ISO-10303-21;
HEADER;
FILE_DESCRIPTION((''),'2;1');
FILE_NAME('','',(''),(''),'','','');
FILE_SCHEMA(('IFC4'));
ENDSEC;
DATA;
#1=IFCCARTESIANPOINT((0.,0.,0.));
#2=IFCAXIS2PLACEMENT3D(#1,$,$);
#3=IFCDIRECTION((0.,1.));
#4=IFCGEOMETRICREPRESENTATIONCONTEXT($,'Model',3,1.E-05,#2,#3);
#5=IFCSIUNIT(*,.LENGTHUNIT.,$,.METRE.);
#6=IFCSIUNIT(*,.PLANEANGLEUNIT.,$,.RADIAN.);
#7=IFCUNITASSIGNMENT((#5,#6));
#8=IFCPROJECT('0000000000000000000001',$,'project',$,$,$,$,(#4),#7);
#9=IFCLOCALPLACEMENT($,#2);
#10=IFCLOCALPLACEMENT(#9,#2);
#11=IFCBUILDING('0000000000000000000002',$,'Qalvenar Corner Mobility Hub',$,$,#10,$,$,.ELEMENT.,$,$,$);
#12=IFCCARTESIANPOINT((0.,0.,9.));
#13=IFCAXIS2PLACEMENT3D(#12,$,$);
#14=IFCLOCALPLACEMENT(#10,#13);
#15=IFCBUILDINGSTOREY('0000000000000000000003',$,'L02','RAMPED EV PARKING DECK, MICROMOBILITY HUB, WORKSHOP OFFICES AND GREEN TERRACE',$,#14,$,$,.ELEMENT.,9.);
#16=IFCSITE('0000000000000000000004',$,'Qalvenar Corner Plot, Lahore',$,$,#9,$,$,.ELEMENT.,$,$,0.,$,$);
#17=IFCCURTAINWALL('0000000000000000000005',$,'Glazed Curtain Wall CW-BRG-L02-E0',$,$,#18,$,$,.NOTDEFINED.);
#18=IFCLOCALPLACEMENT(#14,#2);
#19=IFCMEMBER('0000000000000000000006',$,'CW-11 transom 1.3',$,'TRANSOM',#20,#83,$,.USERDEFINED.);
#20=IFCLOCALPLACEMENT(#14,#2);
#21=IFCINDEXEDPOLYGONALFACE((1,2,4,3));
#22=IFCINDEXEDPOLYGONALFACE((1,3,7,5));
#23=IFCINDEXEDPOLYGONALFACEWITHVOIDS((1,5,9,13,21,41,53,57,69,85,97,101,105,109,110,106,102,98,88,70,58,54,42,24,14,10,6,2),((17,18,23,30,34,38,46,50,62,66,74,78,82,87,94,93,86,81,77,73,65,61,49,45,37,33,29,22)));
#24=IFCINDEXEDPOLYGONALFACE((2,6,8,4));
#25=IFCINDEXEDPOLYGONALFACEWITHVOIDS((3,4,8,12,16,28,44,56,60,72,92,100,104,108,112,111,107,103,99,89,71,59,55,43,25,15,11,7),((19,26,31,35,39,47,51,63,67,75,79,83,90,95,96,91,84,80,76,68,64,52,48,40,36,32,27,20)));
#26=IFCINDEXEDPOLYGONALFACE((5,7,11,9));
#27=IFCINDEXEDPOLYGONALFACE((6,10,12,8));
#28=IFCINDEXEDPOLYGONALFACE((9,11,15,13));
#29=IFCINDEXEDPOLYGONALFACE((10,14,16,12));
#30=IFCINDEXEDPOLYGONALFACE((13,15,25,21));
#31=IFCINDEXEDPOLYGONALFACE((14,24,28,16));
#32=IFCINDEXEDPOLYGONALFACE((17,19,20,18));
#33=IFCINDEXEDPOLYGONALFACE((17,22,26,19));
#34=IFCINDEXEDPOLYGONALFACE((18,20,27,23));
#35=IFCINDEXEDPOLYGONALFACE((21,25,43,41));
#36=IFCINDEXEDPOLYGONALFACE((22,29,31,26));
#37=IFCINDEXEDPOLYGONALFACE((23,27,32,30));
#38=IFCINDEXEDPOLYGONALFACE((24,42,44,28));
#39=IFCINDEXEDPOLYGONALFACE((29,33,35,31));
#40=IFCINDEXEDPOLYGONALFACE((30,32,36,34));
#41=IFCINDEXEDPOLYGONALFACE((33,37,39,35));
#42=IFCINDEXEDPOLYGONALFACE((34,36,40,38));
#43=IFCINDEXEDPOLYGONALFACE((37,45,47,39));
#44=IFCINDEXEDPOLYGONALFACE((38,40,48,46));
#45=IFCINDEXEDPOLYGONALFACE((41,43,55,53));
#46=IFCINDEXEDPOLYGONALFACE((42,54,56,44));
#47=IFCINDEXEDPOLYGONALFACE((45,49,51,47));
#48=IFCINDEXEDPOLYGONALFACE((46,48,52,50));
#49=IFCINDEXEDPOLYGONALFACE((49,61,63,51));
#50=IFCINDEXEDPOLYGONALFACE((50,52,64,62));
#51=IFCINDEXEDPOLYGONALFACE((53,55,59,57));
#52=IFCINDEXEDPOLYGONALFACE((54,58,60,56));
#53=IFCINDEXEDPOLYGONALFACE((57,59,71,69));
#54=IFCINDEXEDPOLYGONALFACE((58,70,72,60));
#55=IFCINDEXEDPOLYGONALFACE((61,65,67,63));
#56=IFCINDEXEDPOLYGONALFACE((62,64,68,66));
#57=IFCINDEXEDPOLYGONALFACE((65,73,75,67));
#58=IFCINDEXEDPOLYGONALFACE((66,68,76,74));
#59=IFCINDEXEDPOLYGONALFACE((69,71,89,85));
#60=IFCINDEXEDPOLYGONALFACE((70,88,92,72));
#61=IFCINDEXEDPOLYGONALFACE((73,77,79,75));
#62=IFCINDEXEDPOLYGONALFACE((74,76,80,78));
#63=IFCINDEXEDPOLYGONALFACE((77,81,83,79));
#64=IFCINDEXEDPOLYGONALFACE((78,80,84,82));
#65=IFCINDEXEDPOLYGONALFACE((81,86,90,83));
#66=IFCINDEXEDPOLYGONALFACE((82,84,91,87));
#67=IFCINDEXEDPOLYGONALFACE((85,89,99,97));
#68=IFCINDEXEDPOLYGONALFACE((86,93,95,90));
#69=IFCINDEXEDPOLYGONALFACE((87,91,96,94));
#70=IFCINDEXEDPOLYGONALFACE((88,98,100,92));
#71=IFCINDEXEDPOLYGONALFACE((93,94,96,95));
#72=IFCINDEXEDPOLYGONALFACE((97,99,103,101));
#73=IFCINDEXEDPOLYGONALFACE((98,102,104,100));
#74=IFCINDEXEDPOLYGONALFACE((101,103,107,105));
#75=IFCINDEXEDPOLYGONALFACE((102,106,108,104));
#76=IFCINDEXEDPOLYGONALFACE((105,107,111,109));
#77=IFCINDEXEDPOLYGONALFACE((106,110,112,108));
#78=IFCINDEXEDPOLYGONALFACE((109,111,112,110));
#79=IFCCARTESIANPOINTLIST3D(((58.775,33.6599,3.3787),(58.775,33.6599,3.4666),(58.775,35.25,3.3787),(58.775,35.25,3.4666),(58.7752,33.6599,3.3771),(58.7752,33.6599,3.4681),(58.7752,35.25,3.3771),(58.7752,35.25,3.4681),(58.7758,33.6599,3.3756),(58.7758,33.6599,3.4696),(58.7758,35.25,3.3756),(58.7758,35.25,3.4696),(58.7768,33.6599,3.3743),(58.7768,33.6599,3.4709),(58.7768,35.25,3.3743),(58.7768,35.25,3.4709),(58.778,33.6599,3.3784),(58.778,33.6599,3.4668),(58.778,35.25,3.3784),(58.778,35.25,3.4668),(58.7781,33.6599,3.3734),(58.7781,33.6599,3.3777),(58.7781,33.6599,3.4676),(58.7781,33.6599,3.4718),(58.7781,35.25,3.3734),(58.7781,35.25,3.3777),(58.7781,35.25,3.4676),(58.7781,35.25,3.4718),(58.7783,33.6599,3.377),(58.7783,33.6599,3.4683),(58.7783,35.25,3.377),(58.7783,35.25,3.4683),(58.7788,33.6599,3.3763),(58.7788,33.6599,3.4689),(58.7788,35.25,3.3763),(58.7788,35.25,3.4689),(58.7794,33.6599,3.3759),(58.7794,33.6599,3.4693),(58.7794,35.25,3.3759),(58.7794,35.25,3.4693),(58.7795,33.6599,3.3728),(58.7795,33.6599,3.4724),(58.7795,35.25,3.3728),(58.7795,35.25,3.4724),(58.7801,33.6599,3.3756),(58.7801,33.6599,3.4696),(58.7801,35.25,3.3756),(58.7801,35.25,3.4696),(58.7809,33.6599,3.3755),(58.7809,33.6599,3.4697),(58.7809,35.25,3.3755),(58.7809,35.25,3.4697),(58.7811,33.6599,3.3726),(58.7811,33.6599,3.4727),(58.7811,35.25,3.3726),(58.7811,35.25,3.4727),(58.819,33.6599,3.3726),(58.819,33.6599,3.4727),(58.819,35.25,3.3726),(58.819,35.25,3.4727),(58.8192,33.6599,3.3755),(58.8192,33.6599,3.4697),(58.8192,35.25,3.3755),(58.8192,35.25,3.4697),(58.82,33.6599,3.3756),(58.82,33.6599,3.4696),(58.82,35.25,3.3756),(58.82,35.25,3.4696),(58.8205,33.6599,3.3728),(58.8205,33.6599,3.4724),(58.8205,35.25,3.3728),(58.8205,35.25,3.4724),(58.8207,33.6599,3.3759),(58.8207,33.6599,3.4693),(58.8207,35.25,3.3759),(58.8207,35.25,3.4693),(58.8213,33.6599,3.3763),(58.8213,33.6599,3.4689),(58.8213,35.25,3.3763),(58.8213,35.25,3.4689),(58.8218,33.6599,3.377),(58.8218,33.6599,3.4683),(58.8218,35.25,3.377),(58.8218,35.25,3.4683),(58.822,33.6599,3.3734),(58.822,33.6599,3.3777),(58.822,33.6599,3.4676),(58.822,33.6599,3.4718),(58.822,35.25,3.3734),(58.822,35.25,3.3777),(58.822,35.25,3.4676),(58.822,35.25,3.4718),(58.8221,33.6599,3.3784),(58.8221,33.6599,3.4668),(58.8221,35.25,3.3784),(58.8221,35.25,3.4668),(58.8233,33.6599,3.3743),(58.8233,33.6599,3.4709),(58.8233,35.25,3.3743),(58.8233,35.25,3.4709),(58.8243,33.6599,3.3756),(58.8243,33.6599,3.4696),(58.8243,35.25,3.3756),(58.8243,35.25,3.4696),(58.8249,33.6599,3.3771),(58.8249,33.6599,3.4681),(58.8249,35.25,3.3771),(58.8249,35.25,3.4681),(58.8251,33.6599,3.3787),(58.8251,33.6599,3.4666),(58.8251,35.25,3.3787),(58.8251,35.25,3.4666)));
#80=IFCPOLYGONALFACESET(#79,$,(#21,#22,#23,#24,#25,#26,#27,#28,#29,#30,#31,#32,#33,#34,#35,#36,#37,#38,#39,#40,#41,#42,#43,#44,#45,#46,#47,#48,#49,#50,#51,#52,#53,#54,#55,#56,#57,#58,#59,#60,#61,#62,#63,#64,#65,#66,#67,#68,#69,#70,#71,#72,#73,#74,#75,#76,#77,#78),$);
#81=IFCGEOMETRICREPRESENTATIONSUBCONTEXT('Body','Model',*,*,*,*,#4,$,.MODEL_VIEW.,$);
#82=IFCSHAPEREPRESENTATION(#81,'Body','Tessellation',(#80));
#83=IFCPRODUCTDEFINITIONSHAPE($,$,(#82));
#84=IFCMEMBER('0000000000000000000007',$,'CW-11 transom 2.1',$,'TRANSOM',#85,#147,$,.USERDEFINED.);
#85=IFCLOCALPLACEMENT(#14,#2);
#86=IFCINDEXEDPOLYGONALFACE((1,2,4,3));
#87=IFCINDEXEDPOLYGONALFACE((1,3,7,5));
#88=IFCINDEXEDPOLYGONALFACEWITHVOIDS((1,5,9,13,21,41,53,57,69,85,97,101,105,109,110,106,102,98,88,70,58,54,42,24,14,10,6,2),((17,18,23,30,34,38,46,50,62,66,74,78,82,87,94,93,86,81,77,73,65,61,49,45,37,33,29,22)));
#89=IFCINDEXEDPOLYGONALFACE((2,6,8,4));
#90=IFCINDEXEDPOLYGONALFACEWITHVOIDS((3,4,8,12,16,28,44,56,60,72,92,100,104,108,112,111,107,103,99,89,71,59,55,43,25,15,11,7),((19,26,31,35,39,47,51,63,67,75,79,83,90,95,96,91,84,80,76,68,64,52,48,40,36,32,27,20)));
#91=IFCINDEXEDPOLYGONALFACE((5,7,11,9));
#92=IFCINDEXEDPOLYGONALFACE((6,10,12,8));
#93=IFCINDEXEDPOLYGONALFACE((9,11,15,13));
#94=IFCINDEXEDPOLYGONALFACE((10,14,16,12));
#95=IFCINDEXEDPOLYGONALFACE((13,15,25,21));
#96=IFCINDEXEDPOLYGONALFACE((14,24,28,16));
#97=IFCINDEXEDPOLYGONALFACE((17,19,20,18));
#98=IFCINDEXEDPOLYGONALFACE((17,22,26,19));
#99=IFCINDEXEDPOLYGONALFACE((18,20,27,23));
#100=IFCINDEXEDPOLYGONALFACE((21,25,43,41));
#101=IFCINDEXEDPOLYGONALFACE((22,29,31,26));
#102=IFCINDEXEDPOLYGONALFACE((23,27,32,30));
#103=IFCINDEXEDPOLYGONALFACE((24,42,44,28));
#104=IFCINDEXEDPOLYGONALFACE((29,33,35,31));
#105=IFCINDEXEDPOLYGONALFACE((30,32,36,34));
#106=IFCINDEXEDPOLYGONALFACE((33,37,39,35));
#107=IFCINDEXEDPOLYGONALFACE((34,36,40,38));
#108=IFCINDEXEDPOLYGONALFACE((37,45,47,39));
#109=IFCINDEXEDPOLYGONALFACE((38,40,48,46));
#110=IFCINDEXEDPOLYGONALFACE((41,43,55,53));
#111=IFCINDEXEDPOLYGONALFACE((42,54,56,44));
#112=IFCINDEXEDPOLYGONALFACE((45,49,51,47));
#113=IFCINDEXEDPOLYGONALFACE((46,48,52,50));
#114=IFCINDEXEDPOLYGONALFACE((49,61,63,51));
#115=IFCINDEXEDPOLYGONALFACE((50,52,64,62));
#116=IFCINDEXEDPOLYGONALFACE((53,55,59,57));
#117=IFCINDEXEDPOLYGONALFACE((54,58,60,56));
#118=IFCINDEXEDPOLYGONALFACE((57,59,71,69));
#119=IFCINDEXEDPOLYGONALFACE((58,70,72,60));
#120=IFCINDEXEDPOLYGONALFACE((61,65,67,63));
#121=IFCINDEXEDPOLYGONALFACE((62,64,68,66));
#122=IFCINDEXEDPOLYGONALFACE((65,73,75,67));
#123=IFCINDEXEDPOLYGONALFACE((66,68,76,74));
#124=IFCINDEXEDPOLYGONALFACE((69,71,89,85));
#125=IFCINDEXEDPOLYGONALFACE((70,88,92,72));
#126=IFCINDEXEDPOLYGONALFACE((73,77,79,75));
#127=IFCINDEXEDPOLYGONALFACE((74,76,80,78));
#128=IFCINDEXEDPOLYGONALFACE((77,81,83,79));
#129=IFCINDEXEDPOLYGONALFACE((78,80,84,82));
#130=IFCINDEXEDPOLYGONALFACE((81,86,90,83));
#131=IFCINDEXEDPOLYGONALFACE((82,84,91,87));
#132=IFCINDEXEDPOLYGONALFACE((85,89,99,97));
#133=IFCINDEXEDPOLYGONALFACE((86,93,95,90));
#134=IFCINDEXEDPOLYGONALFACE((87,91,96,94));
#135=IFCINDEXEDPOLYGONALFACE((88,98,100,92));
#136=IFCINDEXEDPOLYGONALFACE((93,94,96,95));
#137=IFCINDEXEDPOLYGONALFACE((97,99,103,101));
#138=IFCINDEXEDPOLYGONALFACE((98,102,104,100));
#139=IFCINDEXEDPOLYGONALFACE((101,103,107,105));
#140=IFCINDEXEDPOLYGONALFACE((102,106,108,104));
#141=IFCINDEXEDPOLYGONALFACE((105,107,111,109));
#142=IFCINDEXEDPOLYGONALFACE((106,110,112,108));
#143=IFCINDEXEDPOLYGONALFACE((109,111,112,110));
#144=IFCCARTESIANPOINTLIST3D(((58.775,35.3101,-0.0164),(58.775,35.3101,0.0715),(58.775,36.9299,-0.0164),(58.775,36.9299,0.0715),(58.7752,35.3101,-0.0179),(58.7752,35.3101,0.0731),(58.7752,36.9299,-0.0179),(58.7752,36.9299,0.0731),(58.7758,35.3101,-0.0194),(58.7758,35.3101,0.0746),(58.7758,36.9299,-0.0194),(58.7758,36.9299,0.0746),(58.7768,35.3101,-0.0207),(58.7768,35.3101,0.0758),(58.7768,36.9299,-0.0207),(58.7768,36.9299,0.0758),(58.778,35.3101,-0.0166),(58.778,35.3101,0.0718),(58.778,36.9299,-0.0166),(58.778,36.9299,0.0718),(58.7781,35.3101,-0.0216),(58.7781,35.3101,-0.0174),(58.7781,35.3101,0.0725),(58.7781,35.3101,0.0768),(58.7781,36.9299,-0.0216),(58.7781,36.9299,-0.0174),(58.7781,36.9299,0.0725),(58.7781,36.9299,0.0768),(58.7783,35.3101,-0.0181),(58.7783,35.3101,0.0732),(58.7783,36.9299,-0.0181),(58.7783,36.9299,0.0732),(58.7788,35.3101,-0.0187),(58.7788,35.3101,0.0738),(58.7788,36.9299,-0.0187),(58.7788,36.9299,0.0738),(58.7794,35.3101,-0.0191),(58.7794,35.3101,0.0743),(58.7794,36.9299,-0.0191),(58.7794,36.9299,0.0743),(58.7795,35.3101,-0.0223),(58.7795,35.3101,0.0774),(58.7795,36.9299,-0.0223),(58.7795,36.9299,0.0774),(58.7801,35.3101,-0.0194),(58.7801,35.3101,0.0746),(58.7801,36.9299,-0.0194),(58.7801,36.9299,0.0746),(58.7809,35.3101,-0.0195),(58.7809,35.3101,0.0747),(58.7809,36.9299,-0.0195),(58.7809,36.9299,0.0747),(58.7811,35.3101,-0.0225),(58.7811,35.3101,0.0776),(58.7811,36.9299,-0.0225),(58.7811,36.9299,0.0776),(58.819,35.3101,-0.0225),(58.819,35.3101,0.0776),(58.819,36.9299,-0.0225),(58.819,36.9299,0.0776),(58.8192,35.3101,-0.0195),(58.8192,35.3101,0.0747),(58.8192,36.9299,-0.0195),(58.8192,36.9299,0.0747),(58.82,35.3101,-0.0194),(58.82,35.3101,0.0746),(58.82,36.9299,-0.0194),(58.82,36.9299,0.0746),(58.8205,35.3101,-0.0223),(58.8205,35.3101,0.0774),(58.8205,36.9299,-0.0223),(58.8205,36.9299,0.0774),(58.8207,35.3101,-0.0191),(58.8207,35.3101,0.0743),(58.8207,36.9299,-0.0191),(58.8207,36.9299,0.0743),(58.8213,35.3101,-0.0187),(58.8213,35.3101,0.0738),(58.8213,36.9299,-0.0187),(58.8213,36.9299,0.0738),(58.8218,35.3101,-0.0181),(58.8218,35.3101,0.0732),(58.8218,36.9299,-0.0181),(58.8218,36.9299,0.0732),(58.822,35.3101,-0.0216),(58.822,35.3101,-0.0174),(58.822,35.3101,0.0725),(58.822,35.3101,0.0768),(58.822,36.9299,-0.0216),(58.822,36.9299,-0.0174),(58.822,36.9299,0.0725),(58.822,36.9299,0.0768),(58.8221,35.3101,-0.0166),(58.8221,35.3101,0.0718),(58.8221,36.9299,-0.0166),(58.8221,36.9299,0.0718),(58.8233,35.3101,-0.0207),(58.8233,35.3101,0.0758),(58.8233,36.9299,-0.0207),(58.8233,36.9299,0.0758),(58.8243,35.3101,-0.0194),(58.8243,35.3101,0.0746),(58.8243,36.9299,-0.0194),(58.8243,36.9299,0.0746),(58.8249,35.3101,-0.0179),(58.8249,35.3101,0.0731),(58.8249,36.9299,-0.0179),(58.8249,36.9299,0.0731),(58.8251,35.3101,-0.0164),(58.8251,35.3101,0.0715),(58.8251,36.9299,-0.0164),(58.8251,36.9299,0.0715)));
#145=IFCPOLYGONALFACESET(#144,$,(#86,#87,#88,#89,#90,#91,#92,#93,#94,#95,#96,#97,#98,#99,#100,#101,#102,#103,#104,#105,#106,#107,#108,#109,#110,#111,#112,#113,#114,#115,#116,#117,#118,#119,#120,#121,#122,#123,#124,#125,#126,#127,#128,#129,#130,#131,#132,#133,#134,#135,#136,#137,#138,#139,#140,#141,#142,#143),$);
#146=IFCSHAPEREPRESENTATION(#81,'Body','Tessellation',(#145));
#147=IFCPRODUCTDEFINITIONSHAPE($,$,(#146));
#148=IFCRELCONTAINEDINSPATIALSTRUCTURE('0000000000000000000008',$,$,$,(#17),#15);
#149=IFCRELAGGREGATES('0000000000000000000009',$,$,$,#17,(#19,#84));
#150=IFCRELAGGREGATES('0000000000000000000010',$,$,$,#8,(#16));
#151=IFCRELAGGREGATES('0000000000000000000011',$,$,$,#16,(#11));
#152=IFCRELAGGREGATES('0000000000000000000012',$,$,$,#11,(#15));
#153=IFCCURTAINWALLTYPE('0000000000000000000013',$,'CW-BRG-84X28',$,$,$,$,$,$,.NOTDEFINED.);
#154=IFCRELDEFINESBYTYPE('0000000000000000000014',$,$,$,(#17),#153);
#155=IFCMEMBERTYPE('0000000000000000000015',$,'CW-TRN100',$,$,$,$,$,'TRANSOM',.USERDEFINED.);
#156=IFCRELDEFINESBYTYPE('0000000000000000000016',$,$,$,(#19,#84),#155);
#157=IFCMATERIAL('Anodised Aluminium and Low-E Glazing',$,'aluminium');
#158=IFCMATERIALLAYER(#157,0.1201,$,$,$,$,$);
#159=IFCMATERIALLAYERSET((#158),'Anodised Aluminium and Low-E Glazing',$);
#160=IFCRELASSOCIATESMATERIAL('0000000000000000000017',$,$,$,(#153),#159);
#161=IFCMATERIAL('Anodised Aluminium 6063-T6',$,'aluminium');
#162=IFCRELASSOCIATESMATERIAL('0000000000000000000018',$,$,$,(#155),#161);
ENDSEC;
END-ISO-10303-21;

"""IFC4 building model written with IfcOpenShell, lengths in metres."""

from ifc_helpers import new_model, si_unit, direction, frame, origin, origin_2d, place, context, subcontext, project, spatial, hollow_rectangle, extrude, material, layer, layer_set, material_profile, profile_set, type_object, element, aggregate, save


model = new_model("IFC4")

# Units and contexts
model_context = context("Model", 3, precision=1e-05, world=origin(), true_north=direction((0.0, 1.0)))
body_context = subcontext(model_context, "Body", "Model", "MODEL_VIEW")
ifc_project = project(units=[si_unit("LENGTHUNIT", "METRE"), si_unit("PLANEANGLEUNIT", "RADIAN")], contexts=[model_context])

# Site, building, storey
site_placement = place(None, origin())
site = spatial("IfcSite", under=ifc_project, at=site_placement, Name="Qalvenar Corner Plot, Lahore", CompositionType="ELEMENT", RefElevation=0.0)
building_placement = place(site_placement, origin())
building = spatial("IfcBuilding", under=site, at=building_placement, Name="Qalvenar Corner Mobility Hub", CompositionType="ELEMENT")
storey_placement = place(building_placement, frame((0.0, 0.0, 9.0)))
storey = spatial("IfcBuildingStorey", under=building, at=storey_placement, Name="L02", Description="RAMPED EV PARKING DECK, MICROMOBILITY HUB, WORKSHOP OFFICES AND GREEN TERRACE", CompositionType="ELEMENT", Elevation=9.0)

# Curtain wall, members
ifc_material_1 = material(Name="Anodised Aluminium and Low-E Glazing", Category="aluminium")
ifc_layer_1 = layer(ifc_material_1, 0.1201)
ifc_layer_set_1 = layer_set([ifc_layer_1], Name="Anodised Aluminium and Low-E Glazing")
curtain_wall_type = type_object("IfcCurtainWallType", Name="CW-BRG-84X28", PredefinedType="NOTDEFINED", material=ifc_layer_set_1)
curtain_wall_placement = place(storey_placement, origin())
curtain_wall = element("IfcCurtainWall", 1, at=curtain_wall_placement, inside=storey, type_object=curtain_wall_type, Name="Glazed Curtain Wall CW-BRG-L02-E0", PredefinedType="NOTDEFINED")
ifc_material_2 = material(Name="Anodised Aluminium 6063-T6", Category="aluminium")
ifc_material_profile_1 = material_profile(ifc_material_2, hollow_rectangle(XDim=0.05, YDim=0.1001, WallThickness=0.0029, InnerFilletRadius=0.0029, OuterFilletRadius=0.0061, at=origin_2d()), Name="RHS100x50x3")
ifc_profile_set_1 = profile_set([ifc_material_profile_1], Name="Anodised Aluminium 6063-T6")
member_type_1 = type_object("IfcMemberType", Name="CW-TRN100", ElementType="TRANSOM", PredefinedType="USERDEFINED", material=ifc_profile_set_1)
member_1_placement = place(storey_placement, frame((58.8, 33.6599, 3.4226), z_axis=(0.0, 1.0, 0.0), x_axis=(-1.0, 0.0, 0.0)))
member_1 = element("IfcMember", 2, at=member_1_placement, type_object=member_type_1, Name="CW-11 transom 1.3", ObjectType="TRANSOM", PredefinedType="USERDEFINED", context=body_context, shape_type="SweptSolid", body=[
    extrude(hollow_rectangle(XDim=0.05, YDim=0.1001, WallThickness=0.0029, InnerFilletRadius=0.0029, OuterFilletRadius=0.0061, at=origin_2d()), origin(), (0.0, 0.0, 1.0), 1.5901),
])
member_2_placement = place(storey_placement, frame((58.8, 35.3101, 0.0276), z_axis=(0.0, 1.0, 0.0), x_axis=(-1.0, 0.0, 0.0)))
member_2 = element("IfcMember", 3, at=member_2_placement, type_object=member_type_1, Name="CW-11 transom 2.1", ObjectType="TRANSOM", PredefinedType="USERDEFINED", context=body_context, shape_type="SweptSolid", body=[
    extrude(hollow_rectangle(XDim=0.05, YDim=0.1001, WallThickness=0.0029, InnerFilletRadius=0.0029, OuterFilletRadius=0.0061, at=origin_2d()), origin(), (0.0, 0.0, 1.0), 1.6199),
])
aggregate(curtain_wall, [member_1, member_2])

save(model, "model.ifc")
